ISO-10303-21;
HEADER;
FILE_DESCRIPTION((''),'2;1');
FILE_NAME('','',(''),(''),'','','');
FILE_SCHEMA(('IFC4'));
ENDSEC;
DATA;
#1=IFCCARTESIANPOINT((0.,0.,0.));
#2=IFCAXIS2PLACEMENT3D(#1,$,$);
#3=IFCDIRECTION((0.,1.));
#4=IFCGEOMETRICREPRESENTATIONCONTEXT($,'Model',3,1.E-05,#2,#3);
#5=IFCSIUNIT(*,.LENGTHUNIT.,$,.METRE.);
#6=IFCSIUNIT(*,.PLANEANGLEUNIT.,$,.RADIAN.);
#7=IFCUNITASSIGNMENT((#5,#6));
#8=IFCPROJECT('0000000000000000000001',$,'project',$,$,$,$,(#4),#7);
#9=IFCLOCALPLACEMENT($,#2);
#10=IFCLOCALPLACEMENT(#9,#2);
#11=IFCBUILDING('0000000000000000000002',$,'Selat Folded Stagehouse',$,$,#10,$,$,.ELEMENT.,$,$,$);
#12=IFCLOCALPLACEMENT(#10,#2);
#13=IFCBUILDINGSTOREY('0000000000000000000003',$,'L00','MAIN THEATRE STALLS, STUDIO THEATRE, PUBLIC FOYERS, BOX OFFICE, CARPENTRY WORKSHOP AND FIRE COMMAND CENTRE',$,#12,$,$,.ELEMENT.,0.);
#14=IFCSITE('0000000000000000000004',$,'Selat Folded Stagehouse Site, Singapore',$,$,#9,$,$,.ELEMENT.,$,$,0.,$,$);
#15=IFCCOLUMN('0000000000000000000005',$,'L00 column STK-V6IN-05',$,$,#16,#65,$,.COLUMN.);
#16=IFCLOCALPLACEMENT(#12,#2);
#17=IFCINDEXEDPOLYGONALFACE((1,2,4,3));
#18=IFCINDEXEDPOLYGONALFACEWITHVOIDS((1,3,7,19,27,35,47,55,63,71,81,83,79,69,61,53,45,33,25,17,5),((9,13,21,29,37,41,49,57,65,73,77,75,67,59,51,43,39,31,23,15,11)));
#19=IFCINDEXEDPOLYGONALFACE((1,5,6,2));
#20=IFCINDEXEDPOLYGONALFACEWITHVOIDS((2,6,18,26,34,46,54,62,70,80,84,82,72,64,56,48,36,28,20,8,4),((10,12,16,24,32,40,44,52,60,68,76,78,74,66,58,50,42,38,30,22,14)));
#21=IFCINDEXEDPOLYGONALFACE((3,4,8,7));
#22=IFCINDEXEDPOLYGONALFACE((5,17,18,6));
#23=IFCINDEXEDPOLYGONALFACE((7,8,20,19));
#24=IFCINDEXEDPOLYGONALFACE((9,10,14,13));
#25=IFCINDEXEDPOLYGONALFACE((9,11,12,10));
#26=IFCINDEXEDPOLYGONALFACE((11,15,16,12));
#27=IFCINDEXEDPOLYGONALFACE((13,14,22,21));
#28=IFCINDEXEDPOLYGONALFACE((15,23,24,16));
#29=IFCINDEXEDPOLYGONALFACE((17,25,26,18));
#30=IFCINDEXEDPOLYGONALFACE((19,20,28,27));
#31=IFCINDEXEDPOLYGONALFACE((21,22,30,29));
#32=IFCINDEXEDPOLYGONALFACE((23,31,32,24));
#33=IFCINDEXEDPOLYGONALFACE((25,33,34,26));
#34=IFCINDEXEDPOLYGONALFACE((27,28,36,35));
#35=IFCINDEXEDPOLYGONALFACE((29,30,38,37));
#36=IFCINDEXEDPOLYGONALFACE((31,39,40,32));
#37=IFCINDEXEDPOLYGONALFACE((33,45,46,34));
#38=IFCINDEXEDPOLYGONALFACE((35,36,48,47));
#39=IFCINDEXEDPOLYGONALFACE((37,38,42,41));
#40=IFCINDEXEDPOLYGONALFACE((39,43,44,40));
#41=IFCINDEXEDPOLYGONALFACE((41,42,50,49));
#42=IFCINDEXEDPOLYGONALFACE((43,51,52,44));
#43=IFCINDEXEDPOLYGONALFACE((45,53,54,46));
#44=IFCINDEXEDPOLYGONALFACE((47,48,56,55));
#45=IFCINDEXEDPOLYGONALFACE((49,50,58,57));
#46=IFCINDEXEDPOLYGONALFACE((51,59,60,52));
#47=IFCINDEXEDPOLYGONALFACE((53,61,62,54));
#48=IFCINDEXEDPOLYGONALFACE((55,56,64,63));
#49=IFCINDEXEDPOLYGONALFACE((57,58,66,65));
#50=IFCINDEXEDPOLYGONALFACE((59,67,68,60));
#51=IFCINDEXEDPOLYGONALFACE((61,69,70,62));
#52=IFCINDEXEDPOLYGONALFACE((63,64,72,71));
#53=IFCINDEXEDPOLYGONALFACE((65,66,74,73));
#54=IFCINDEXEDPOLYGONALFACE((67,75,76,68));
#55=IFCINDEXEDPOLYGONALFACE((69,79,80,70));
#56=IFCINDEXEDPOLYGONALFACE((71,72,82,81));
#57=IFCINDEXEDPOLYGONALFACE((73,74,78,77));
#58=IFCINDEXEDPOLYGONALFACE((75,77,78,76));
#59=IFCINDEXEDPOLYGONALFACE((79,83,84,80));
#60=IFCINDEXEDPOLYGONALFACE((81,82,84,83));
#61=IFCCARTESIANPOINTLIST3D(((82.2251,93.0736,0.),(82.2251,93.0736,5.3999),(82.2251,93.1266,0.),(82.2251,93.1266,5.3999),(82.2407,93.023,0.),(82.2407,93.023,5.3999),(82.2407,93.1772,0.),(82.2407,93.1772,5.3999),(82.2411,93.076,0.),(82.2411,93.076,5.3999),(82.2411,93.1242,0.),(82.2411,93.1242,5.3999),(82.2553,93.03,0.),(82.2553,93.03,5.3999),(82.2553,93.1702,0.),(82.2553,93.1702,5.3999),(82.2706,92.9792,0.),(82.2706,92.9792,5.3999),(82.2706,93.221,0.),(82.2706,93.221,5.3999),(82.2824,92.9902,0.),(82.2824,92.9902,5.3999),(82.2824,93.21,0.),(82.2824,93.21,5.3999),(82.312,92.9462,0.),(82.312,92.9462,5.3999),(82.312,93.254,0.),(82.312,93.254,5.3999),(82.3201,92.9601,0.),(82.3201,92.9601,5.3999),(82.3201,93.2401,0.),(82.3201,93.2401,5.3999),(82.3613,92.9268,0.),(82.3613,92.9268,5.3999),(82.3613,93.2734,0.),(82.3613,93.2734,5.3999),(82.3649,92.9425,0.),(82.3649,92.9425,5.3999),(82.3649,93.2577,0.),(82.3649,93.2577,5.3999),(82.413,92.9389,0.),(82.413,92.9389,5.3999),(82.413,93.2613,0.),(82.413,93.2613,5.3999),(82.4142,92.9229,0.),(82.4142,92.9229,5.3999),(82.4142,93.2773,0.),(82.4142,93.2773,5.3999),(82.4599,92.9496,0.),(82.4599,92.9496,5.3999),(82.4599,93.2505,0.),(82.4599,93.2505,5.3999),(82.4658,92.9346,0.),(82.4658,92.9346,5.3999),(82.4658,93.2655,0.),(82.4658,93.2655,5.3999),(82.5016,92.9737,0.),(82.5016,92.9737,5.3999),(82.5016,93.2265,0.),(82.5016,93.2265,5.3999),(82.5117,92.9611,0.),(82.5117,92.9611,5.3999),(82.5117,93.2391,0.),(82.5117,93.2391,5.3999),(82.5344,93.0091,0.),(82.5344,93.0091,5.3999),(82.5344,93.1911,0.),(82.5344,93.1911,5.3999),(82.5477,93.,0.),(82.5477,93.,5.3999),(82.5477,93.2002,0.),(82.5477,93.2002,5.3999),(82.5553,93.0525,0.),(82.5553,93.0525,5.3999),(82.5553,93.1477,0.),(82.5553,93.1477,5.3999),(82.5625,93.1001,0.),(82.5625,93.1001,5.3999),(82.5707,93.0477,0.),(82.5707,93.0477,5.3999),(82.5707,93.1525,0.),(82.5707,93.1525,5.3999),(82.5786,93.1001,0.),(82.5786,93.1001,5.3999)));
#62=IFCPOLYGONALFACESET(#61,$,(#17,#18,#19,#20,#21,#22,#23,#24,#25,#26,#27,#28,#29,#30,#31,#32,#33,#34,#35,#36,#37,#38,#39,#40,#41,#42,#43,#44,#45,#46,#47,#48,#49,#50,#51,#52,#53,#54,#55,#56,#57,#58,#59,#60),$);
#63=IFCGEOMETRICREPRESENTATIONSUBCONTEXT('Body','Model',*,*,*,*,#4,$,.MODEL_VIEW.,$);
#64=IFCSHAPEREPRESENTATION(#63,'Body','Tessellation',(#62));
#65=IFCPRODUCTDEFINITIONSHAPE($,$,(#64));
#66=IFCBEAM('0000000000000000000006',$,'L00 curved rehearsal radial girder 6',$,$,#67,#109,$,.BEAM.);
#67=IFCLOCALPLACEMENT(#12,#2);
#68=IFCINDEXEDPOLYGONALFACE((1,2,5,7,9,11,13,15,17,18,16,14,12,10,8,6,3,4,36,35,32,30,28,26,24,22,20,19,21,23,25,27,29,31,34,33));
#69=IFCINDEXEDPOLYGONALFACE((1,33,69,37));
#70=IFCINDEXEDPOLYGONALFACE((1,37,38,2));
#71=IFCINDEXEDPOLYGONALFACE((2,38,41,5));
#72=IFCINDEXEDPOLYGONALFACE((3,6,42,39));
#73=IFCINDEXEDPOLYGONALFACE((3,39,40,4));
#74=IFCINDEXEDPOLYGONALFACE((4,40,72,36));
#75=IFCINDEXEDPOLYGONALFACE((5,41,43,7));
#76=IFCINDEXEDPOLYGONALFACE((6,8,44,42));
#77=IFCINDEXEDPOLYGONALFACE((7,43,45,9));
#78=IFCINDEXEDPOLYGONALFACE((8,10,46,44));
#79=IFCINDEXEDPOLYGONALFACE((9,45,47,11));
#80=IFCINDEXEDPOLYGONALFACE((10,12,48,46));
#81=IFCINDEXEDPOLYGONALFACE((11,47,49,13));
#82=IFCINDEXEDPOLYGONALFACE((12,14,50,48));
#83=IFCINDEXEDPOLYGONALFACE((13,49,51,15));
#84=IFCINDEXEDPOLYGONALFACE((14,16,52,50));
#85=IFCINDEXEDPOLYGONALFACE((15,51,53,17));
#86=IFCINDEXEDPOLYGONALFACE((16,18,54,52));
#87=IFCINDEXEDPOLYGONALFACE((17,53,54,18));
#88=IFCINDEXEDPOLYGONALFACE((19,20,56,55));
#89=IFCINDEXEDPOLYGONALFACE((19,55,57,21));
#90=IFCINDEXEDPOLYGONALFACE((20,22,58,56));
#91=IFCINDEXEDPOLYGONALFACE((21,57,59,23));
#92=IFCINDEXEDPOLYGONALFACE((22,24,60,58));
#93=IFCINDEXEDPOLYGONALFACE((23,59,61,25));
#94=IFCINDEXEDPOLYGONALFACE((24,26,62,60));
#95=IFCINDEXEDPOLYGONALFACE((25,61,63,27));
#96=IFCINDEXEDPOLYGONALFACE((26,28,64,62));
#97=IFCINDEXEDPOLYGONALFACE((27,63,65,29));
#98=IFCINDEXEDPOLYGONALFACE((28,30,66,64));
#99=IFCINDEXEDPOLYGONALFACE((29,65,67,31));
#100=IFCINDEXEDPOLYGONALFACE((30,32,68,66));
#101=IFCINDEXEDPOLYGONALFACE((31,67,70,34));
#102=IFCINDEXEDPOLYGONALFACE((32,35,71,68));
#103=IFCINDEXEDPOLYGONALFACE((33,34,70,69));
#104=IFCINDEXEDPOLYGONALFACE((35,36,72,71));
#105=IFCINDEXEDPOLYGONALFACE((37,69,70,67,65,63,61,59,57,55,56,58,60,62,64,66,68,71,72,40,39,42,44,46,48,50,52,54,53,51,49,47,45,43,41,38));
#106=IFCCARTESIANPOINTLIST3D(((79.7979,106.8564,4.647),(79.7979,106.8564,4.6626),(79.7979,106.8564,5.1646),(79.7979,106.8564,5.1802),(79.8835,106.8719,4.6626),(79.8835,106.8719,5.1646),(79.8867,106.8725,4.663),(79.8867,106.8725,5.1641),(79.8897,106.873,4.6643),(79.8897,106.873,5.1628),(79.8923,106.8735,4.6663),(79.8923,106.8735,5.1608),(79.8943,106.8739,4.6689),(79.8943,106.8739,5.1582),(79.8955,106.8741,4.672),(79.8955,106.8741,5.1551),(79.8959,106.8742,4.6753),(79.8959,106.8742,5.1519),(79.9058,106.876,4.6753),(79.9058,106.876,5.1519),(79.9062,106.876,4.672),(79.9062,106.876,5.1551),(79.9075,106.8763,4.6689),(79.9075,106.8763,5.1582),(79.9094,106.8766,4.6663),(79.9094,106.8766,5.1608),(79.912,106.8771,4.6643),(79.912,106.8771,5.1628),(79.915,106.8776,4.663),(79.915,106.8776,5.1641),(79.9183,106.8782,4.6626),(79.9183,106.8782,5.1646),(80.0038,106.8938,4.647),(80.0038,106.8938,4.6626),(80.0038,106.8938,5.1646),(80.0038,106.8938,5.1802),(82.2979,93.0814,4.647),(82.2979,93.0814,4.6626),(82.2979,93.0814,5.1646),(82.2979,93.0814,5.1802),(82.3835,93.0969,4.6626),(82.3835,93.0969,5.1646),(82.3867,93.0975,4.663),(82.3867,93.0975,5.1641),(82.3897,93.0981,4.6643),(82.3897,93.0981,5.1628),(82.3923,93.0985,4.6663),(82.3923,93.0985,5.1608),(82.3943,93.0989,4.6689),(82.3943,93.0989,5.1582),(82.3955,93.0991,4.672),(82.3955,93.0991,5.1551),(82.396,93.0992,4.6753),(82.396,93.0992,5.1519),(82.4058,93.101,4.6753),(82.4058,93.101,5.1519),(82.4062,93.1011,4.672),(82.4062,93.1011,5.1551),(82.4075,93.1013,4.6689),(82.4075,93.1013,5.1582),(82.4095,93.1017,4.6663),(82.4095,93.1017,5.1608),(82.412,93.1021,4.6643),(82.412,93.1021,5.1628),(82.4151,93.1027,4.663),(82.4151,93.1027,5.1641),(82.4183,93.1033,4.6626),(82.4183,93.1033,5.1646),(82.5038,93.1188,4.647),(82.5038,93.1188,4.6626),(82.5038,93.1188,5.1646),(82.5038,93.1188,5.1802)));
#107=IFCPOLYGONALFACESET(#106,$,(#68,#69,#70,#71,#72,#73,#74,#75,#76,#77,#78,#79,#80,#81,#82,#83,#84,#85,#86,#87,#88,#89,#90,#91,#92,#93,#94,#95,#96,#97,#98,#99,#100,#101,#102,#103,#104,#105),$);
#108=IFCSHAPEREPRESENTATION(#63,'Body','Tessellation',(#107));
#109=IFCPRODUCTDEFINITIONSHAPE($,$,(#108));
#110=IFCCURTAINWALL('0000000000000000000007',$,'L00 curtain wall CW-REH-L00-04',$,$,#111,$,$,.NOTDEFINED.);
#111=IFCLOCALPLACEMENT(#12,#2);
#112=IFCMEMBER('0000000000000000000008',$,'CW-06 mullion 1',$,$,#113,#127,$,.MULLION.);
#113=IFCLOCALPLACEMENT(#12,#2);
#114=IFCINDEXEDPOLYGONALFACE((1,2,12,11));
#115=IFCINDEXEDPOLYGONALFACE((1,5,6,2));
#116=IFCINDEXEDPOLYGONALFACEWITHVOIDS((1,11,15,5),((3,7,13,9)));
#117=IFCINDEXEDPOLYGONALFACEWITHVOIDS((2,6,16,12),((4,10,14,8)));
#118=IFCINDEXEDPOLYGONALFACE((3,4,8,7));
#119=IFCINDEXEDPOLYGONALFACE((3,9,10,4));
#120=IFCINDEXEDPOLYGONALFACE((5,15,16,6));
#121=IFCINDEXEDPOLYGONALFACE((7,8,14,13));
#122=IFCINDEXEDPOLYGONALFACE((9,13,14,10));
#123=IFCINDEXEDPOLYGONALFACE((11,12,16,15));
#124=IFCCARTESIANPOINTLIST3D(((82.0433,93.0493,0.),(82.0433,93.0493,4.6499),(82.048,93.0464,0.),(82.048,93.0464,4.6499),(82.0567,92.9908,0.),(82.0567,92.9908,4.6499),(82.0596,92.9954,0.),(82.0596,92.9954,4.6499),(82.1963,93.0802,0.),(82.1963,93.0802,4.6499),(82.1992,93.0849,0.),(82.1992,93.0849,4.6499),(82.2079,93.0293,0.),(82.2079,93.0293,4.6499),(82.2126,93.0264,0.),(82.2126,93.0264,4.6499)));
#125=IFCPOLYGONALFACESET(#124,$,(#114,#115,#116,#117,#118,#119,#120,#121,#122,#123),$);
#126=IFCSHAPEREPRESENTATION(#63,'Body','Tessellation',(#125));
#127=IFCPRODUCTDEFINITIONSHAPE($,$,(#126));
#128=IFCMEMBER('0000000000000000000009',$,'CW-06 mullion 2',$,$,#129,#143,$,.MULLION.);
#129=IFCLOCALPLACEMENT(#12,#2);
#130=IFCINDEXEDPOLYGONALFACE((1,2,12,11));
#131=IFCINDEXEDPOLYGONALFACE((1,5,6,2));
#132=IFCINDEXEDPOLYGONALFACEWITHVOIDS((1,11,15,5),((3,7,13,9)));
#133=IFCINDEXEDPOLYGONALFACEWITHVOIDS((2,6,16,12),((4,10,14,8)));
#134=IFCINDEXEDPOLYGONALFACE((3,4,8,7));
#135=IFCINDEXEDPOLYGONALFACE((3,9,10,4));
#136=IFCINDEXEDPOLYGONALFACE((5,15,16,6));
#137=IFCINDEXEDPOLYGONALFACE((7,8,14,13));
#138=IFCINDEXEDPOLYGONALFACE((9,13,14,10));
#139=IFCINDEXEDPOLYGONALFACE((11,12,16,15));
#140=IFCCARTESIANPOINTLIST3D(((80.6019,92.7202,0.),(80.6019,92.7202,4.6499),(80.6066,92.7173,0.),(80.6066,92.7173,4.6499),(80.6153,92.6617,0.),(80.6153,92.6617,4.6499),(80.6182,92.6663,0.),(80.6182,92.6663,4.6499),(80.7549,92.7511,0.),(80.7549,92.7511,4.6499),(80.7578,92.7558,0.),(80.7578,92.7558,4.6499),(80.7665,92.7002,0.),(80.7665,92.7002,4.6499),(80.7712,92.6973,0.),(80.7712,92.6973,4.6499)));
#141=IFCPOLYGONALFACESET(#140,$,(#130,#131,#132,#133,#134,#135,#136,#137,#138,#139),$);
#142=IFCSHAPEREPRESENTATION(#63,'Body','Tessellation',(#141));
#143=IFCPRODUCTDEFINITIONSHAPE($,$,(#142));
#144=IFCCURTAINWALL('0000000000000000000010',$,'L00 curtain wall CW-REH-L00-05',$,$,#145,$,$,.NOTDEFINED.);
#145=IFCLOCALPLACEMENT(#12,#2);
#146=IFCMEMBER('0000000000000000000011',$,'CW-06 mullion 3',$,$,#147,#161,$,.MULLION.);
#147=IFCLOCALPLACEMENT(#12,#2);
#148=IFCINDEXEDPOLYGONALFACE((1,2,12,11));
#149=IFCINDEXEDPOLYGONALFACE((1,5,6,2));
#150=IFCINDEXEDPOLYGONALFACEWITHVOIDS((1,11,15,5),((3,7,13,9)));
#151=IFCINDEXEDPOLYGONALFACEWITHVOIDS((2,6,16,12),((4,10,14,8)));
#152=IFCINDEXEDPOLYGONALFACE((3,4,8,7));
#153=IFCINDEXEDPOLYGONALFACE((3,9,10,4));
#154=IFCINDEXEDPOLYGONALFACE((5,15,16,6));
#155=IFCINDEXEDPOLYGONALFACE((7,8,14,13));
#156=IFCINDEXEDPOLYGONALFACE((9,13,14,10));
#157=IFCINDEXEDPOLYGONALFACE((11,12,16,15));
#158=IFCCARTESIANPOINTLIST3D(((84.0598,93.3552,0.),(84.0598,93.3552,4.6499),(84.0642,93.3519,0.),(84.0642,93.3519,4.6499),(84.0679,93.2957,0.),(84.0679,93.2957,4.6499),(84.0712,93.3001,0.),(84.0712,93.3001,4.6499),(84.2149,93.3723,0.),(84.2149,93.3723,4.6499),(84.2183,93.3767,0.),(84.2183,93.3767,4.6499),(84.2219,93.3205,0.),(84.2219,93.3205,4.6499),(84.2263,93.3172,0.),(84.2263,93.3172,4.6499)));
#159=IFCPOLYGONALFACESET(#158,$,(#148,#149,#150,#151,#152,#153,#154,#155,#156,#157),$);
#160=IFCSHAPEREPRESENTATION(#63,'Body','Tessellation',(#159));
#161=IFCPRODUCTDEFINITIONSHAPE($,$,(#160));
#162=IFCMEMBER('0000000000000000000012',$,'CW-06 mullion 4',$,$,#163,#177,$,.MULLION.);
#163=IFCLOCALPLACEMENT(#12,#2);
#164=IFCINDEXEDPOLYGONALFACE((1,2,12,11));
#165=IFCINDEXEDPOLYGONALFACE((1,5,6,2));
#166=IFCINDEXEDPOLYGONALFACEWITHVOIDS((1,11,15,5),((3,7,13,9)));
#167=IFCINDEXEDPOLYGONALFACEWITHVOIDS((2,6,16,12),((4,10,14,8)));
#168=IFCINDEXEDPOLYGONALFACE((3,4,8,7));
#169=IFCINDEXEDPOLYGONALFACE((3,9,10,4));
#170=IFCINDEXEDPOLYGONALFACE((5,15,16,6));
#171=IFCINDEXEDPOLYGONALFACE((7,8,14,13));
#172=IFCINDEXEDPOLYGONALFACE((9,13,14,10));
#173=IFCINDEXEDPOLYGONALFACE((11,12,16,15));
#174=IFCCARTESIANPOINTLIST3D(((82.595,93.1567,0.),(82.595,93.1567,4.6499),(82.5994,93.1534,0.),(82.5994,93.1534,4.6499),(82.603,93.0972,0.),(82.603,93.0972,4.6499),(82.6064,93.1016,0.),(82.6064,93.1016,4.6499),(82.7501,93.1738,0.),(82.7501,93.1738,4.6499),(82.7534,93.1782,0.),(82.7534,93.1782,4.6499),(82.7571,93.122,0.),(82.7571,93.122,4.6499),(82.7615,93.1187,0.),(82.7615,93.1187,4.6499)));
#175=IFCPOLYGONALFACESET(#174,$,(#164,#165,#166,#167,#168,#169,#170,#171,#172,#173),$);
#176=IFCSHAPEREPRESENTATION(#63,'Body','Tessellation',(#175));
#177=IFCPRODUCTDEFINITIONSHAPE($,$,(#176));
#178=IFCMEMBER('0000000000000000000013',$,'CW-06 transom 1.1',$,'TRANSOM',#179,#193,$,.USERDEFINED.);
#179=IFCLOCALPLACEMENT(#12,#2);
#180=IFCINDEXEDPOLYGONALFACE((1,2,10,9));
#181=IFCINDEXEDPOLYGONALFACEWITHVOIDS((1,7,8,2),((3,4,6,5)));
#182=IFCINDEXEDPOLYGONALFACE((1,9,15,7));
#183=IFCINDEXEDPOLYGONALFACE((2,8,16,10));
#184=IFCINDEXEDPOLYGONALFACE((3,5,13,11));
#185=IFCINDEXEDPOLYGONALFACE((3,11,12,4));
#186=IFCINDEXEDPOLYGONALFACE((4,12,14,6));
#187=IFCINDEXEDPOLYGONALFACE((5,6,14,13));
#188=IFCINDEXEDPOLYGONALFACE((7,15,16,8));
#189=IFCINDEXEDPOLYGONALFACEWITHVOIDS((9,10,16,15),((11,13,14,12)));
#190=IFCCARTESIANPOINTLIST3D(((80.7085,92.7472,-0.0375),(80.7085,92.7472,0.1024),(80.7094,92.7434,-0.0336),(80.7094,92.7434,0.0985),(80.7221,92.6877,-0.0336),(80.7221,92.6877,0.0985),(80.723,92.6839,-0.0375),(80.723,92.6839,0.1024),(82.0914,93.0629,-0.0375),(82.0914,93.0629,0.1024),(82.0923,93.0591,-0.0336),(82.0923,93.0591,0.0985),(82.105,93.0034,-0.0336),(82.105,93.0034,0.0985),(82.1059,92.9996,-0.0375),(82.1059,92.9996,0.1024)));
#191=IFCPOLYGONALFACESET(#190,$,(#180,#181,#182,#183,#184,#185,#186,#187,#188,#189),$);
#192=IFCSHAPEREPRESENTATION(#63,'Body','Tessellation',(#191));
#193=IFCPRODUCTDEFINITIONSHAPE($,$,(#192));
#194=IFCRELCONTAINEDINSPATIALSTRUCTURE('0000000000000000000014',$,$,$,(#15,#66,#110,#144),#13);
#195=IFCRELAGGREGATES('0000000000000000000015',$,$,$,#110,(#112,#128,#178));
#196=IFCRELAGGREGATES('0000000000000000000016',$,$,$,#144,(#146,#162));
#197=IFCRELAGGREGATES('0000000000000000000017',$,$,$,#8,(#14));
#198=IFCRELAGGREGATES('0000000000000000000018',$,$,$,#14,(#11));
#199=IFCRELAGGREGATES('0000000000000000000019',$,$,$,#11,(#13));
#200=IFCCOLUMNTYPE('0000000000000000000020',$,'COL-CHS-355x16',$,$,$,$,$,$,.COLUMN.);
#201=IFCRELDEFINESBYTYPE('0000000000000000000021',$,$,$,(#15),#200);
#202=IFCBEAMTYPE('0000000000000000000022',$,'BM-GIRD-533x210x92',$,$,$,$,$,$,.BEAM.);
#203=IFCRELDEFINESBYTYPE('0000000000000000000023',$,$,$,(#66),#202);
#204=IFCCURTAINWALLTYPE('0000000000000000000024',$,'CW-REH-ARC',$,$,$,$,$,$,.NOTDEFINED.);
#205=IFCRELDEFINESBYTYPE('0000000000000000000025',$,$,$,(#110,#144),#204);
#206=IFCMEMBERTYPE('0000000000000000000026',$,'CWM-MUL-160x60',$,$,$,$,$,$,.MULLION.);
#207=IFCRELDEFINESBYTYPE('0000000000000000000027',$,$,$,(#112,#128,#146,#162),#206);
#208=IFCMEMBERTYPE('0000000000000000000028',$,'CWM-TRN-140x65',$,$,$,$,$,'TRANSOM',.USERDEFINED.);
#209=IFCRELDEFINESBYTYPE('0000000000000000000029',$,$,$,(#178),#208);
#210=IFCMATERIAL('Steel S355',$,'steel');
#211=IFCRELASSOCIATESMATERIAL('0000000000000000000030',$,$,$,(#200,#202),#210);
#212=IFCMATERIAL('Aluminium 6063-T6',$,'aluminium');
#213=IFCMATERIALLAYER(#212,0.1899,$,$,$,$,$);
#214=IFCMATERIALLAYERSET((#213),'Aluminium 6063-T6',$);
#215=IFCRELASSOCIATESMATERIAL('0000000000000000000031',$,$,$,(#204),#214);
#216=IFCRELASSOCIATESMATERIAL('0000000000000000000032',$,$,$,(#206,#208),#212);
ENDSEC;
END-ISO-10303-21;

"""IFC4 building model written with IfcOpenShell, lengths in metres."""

from ifc_helpers import new_model, si_unit, direction, frame, origin, origin_2d, place, context, subcontext, project, spatial, hollow_rectangle, hollow_circle, i_section, extrude, material, layer, layer_set, material_profile, profile_set, type_object, element, aggregate, save


model = new_model("IFC4")

# Units and contexts
model_context = context("Model", 3, precision=1e-05, world=origin(), true_north=direction((0.0, 1.0)))
body_context = subcontext(model_context, "Body", "Model", "MODEL_VIEW")
ifc_project = project(units=[si_unit("LENGTHUNIT", "METRE"), si_unit("PLANEANGLEUNIT", "RADIAN")], contexts=[model_context])

# Site, building, storey
site_placement = place(None, origin())
site = spatial("IfcSite", under=ifc_project, at=site_placement, Name="Selat Folded Stagehouse Site, Singapore", CompositionType="ELEMENT", RefElevation=0.0)
building_placement = place(site_placement, origin())
building = spatial("IfcBuilding", under=site, at=building_placement, Name="Selat Folded Stagehouse", CompositionType="ELEMENT")
storey_placement = place(building_placement, origin())
storey = spatial("IfcBuildingStorey", under=building, at=storey_placement, Name="L00", Description="MAIN THEATRE STALLS, STUDIO THEATRE, PUBLIC FOYERS, BOX OFFICE, CARPENTRY WORKSHOP AND FIRE COMMAND CENTRE", CompositionType="ELEMENT", Elevation=0.0)

# Column
ifc_material_1 = material(Name="Steel S355", Category="steel")
ifc_material_profile_1 = material_profile(ifc_material_1, hollow_circle(Radius=0.1777, WallThickness=0.0161, at=origin_2d()), Name="CHS 355.6x16.0")
ifc_profile_set_1 = profile_set([ifc_material_profile_1], Name="Steel S355")
column_type = type_object("IfcColumnType", Name="COL-CHS-355x16", PredefinedType="COLUMN", material=ifc_profile_set_1)
column_placement = place(storey_placement, frame((82.4009, 93.1001, 0.0), z_axis=(0.0, 0.0, 1.0), x_axis=(1.0, 0.0, 0.0)))
element("IfcColumn", 1, at=column_placement, inside=storey, type_object=column_type, Name="L00 column STK-V6IN-05", PredefinedType="COLUMN", context=body_context, shape_type="SweptSolid", body=[
    extrude(hollow_circle(Radius=0.1777, WallThickness=0.0161, at=origin_2d()), origin(), (0.0, 0.0, 1.0), 5.3999),
])

# Beam
ifc_material_profile_2 = material_profile(ifc_material_1, i_section(OverallWidth=0.2092, OverallDepth=0.5332, WebThickness=0.01, FlangeThickness=0.0156, FilletRadius=0.0127, at=origin_2d()), Name="UKB 533x210x92")
ifc_profile_set_2 = profile_set([ifc_material_profile_2], Name="Steel S355")
beam_type_1 = type_object("IfcBeamType", Name="BM-GIRD-533x210x92", PredefinedType="BEAM", material=ifc_profile_set_2)
beam_1_placement = place(storey_placement, frame((82.4009, 93.1001, 4.9136), z_axis=(-0.178572, 0.983927, 0.0), x_axis=(-0.983927, -0.178572, 0.0)))
element("IfcBeam", 2, at=beam_1_placement, inside=storey, type_object=beam_type_1, Name="L00 curved rehearsal radial girder 6", PredefinedType="BEAM", context=body_context, shape_type="SweptSolid", body=[
    extrude(i_section(OverallWidth=0.2092, OverallDepth=0.5332, WebThickness=0.01, FlangeThickness=0.0156, FilletRadius=0.0127, at=origin_2d()), origin(), (0.0, 0.0, 1.0), 14.0),
])

# Curtain walls, members
ifc_material_2 = material(Name="Aluminium 6063-T6", Category="aluminium")
ifc_layer_1 = layer(ifc_material_2, 0.1899)
ifc_layer_set_1 = layer_set([ifc_layer_1], Name="Aluminium 6063-T6")
curtain_wall_type = type_object("IfcCurtainWallType", Name="CW-REH-ARC", PredefinedType="NOTDEFINED", material=ifc_layer_set_1)
curtain_wall_1_placement = place(storey_placement, origin())
curtain_wall_1 = element("IfcCurtainWall", 3, at=curtain_wall_1_placement, inside=storey, type_object=curtain_wall_type, Name="L00 curtain wall CW-REH-L00-04", PredefinedType="NOTDEFINED")
ifc_material_profile_3 = material_profile(ifc_material_2, hollow_rectangle(XDim=0.0601, YDim=0.1599, WallThickness=0.0039, at=origin_2d()), Name="ALU 160x60x4.0")
ifc_profile_set_3 = profile_set([ifc_material_profile_3], Name="Aluminium 6063-T6")
member_type_1 = type_object("IfcMemberType", Name="CWM-MUL-160x60", PredefinedType="MULLION", material=ifc_profile_set_3)
member_1_placement = place(storey_placement, frame((82.1279, 93.0378, 0.0), z_axis=(0.0, 0.0, 1.0), x_axis=(0.222543, -0.974923, 0.0)))
member_1 = element("IfcMember", 4, at=member_1_placement, type_object=member_type_1, Name="CW-06 mullion 1", PredefinedType="MULLION", context=body_context, shape_type="SweptSolid", body=[
    extrude(hollow_rectangle(XDim=0.0601, YDim=0.1599, WallThickness=0.0039, at=origin_2d()), origin(), (0.0, 0.0, 1.0), 4.6499),
])
member_2_placement = place(storey_placement, frame((80.6865, 92.7087, 0.0), z_axis=(0.0, 0.0, 1.0), x_axis=(0.222543, -0.974923, 0.0)))
member_2 = element("IfcMember", 5, at=member_2_placement, type_object=member_type_1, Name="CW-06 mullion 2", PredefinedType="MULLION", context=body_context, shape_type="SweptSolid", body=[
    extrude(hollow_rectangle(XDim=0.0601, YDim=0.1599, WallThickness=0.0039, at=origin_2d()), origin(), (0.0, 0.0, 1.0), 4.6499),
])
curtain_wall_2_placement = place(storey_placement, origin())
curtain_wall_2 = element("IfcCurtainWall", 6, at=curtain_wall_2_placement, inside=storey, type_object=curtain_wall_type, Name="L00 curtain wall CW-REH-L00-05", PredefinedType="NOTDEFINED")
member_3_placement = place(storey_placement, frame((84.1431, 93.3362, 0.0), z_axis=(0.0, 0.0, 1.0), x_axis=(0.134212, -0.990953, 0.0)))
member_3 = element("IfcMember", 7, at=member_3_placement, type_object=member_type_1, Name="CW-06 mullion 3", PredefinedType="MULLION", context=body_context, shape_type="SweptSolid", body=[
    extrude(hollow_rectangle(XDim=0.0601, YDim=0.1599, WallThickness=0.0039, at=origin_2d()), origin(), (0.0, 0.0, 1.0), 4.6499),
])
member_4_placement = place(storey_placement, frame((82.6782, 93.1377, 0.0), z_axis=(0.0, 0.0, 1.0), x_axis=(0.134212, -0.990953, 0.0)))
member_4 = element("IfcMember", 8, at=member_4_placement, type_object=member_type_1, Name="CW-06 mullion 4", PredefinedType="MULLION", context=body_context, shape_type="SweptSolid", body=[
    extrude(hollow_rectangle(XDim=0.0601, YDim=0.1599, WallThickness=0.0039, at=origin_2d()), origin(), (0.0, 0.0, 1.0), 4.6499),
])

# Member
ifc_material_profile_4 = material_profile(ifc_material_2, hollow_rectangle(XDim=0.0649, YDim=0.1399, WallThickness=0.0039, at=origin_2d()), Name="ALU 140x65x4.0")
ifc_profile_set_4 = profile_set([ifc_material_profile_4], Name="Aluminium 6063-T6")
member_type_2 = type_object("IfcMemberType", Name="CWM-TRN-140x65", ElementType="TRANSOM", PredefinedType="USERDEFINED", material=ifc_profile_set_4)
member_5_placement = place(storey_placement, frame((82.0986, 93.0312, 0.0325), z_axis=(-0.974919, -0.222558, 0.0), x_axis=(0.222558, -0.974919, 0.0)))
member_5 = element("IfcMember", 9, at=member_5_placement, type_object=member_type_2, Name="CW-06 transom 1.1", ObjectType="TRANSOM", PredefinedType="USERDEFINED", context=body_context, shape_type="SweptSolid", body=[
    extrude(hollow_rectangle(XDim=0.0649, YDim=0.1399, WallThickness=0.0039, at=origin_2d()), origin(), (0.0, 0.0, 1.0), 1.4185),
])

aggregate(curtain_wall_1, [member_1, member_2, member_5])
aggregate(curtain_wall_2, [member_3, member_4])

save(model, "model.ifc")
